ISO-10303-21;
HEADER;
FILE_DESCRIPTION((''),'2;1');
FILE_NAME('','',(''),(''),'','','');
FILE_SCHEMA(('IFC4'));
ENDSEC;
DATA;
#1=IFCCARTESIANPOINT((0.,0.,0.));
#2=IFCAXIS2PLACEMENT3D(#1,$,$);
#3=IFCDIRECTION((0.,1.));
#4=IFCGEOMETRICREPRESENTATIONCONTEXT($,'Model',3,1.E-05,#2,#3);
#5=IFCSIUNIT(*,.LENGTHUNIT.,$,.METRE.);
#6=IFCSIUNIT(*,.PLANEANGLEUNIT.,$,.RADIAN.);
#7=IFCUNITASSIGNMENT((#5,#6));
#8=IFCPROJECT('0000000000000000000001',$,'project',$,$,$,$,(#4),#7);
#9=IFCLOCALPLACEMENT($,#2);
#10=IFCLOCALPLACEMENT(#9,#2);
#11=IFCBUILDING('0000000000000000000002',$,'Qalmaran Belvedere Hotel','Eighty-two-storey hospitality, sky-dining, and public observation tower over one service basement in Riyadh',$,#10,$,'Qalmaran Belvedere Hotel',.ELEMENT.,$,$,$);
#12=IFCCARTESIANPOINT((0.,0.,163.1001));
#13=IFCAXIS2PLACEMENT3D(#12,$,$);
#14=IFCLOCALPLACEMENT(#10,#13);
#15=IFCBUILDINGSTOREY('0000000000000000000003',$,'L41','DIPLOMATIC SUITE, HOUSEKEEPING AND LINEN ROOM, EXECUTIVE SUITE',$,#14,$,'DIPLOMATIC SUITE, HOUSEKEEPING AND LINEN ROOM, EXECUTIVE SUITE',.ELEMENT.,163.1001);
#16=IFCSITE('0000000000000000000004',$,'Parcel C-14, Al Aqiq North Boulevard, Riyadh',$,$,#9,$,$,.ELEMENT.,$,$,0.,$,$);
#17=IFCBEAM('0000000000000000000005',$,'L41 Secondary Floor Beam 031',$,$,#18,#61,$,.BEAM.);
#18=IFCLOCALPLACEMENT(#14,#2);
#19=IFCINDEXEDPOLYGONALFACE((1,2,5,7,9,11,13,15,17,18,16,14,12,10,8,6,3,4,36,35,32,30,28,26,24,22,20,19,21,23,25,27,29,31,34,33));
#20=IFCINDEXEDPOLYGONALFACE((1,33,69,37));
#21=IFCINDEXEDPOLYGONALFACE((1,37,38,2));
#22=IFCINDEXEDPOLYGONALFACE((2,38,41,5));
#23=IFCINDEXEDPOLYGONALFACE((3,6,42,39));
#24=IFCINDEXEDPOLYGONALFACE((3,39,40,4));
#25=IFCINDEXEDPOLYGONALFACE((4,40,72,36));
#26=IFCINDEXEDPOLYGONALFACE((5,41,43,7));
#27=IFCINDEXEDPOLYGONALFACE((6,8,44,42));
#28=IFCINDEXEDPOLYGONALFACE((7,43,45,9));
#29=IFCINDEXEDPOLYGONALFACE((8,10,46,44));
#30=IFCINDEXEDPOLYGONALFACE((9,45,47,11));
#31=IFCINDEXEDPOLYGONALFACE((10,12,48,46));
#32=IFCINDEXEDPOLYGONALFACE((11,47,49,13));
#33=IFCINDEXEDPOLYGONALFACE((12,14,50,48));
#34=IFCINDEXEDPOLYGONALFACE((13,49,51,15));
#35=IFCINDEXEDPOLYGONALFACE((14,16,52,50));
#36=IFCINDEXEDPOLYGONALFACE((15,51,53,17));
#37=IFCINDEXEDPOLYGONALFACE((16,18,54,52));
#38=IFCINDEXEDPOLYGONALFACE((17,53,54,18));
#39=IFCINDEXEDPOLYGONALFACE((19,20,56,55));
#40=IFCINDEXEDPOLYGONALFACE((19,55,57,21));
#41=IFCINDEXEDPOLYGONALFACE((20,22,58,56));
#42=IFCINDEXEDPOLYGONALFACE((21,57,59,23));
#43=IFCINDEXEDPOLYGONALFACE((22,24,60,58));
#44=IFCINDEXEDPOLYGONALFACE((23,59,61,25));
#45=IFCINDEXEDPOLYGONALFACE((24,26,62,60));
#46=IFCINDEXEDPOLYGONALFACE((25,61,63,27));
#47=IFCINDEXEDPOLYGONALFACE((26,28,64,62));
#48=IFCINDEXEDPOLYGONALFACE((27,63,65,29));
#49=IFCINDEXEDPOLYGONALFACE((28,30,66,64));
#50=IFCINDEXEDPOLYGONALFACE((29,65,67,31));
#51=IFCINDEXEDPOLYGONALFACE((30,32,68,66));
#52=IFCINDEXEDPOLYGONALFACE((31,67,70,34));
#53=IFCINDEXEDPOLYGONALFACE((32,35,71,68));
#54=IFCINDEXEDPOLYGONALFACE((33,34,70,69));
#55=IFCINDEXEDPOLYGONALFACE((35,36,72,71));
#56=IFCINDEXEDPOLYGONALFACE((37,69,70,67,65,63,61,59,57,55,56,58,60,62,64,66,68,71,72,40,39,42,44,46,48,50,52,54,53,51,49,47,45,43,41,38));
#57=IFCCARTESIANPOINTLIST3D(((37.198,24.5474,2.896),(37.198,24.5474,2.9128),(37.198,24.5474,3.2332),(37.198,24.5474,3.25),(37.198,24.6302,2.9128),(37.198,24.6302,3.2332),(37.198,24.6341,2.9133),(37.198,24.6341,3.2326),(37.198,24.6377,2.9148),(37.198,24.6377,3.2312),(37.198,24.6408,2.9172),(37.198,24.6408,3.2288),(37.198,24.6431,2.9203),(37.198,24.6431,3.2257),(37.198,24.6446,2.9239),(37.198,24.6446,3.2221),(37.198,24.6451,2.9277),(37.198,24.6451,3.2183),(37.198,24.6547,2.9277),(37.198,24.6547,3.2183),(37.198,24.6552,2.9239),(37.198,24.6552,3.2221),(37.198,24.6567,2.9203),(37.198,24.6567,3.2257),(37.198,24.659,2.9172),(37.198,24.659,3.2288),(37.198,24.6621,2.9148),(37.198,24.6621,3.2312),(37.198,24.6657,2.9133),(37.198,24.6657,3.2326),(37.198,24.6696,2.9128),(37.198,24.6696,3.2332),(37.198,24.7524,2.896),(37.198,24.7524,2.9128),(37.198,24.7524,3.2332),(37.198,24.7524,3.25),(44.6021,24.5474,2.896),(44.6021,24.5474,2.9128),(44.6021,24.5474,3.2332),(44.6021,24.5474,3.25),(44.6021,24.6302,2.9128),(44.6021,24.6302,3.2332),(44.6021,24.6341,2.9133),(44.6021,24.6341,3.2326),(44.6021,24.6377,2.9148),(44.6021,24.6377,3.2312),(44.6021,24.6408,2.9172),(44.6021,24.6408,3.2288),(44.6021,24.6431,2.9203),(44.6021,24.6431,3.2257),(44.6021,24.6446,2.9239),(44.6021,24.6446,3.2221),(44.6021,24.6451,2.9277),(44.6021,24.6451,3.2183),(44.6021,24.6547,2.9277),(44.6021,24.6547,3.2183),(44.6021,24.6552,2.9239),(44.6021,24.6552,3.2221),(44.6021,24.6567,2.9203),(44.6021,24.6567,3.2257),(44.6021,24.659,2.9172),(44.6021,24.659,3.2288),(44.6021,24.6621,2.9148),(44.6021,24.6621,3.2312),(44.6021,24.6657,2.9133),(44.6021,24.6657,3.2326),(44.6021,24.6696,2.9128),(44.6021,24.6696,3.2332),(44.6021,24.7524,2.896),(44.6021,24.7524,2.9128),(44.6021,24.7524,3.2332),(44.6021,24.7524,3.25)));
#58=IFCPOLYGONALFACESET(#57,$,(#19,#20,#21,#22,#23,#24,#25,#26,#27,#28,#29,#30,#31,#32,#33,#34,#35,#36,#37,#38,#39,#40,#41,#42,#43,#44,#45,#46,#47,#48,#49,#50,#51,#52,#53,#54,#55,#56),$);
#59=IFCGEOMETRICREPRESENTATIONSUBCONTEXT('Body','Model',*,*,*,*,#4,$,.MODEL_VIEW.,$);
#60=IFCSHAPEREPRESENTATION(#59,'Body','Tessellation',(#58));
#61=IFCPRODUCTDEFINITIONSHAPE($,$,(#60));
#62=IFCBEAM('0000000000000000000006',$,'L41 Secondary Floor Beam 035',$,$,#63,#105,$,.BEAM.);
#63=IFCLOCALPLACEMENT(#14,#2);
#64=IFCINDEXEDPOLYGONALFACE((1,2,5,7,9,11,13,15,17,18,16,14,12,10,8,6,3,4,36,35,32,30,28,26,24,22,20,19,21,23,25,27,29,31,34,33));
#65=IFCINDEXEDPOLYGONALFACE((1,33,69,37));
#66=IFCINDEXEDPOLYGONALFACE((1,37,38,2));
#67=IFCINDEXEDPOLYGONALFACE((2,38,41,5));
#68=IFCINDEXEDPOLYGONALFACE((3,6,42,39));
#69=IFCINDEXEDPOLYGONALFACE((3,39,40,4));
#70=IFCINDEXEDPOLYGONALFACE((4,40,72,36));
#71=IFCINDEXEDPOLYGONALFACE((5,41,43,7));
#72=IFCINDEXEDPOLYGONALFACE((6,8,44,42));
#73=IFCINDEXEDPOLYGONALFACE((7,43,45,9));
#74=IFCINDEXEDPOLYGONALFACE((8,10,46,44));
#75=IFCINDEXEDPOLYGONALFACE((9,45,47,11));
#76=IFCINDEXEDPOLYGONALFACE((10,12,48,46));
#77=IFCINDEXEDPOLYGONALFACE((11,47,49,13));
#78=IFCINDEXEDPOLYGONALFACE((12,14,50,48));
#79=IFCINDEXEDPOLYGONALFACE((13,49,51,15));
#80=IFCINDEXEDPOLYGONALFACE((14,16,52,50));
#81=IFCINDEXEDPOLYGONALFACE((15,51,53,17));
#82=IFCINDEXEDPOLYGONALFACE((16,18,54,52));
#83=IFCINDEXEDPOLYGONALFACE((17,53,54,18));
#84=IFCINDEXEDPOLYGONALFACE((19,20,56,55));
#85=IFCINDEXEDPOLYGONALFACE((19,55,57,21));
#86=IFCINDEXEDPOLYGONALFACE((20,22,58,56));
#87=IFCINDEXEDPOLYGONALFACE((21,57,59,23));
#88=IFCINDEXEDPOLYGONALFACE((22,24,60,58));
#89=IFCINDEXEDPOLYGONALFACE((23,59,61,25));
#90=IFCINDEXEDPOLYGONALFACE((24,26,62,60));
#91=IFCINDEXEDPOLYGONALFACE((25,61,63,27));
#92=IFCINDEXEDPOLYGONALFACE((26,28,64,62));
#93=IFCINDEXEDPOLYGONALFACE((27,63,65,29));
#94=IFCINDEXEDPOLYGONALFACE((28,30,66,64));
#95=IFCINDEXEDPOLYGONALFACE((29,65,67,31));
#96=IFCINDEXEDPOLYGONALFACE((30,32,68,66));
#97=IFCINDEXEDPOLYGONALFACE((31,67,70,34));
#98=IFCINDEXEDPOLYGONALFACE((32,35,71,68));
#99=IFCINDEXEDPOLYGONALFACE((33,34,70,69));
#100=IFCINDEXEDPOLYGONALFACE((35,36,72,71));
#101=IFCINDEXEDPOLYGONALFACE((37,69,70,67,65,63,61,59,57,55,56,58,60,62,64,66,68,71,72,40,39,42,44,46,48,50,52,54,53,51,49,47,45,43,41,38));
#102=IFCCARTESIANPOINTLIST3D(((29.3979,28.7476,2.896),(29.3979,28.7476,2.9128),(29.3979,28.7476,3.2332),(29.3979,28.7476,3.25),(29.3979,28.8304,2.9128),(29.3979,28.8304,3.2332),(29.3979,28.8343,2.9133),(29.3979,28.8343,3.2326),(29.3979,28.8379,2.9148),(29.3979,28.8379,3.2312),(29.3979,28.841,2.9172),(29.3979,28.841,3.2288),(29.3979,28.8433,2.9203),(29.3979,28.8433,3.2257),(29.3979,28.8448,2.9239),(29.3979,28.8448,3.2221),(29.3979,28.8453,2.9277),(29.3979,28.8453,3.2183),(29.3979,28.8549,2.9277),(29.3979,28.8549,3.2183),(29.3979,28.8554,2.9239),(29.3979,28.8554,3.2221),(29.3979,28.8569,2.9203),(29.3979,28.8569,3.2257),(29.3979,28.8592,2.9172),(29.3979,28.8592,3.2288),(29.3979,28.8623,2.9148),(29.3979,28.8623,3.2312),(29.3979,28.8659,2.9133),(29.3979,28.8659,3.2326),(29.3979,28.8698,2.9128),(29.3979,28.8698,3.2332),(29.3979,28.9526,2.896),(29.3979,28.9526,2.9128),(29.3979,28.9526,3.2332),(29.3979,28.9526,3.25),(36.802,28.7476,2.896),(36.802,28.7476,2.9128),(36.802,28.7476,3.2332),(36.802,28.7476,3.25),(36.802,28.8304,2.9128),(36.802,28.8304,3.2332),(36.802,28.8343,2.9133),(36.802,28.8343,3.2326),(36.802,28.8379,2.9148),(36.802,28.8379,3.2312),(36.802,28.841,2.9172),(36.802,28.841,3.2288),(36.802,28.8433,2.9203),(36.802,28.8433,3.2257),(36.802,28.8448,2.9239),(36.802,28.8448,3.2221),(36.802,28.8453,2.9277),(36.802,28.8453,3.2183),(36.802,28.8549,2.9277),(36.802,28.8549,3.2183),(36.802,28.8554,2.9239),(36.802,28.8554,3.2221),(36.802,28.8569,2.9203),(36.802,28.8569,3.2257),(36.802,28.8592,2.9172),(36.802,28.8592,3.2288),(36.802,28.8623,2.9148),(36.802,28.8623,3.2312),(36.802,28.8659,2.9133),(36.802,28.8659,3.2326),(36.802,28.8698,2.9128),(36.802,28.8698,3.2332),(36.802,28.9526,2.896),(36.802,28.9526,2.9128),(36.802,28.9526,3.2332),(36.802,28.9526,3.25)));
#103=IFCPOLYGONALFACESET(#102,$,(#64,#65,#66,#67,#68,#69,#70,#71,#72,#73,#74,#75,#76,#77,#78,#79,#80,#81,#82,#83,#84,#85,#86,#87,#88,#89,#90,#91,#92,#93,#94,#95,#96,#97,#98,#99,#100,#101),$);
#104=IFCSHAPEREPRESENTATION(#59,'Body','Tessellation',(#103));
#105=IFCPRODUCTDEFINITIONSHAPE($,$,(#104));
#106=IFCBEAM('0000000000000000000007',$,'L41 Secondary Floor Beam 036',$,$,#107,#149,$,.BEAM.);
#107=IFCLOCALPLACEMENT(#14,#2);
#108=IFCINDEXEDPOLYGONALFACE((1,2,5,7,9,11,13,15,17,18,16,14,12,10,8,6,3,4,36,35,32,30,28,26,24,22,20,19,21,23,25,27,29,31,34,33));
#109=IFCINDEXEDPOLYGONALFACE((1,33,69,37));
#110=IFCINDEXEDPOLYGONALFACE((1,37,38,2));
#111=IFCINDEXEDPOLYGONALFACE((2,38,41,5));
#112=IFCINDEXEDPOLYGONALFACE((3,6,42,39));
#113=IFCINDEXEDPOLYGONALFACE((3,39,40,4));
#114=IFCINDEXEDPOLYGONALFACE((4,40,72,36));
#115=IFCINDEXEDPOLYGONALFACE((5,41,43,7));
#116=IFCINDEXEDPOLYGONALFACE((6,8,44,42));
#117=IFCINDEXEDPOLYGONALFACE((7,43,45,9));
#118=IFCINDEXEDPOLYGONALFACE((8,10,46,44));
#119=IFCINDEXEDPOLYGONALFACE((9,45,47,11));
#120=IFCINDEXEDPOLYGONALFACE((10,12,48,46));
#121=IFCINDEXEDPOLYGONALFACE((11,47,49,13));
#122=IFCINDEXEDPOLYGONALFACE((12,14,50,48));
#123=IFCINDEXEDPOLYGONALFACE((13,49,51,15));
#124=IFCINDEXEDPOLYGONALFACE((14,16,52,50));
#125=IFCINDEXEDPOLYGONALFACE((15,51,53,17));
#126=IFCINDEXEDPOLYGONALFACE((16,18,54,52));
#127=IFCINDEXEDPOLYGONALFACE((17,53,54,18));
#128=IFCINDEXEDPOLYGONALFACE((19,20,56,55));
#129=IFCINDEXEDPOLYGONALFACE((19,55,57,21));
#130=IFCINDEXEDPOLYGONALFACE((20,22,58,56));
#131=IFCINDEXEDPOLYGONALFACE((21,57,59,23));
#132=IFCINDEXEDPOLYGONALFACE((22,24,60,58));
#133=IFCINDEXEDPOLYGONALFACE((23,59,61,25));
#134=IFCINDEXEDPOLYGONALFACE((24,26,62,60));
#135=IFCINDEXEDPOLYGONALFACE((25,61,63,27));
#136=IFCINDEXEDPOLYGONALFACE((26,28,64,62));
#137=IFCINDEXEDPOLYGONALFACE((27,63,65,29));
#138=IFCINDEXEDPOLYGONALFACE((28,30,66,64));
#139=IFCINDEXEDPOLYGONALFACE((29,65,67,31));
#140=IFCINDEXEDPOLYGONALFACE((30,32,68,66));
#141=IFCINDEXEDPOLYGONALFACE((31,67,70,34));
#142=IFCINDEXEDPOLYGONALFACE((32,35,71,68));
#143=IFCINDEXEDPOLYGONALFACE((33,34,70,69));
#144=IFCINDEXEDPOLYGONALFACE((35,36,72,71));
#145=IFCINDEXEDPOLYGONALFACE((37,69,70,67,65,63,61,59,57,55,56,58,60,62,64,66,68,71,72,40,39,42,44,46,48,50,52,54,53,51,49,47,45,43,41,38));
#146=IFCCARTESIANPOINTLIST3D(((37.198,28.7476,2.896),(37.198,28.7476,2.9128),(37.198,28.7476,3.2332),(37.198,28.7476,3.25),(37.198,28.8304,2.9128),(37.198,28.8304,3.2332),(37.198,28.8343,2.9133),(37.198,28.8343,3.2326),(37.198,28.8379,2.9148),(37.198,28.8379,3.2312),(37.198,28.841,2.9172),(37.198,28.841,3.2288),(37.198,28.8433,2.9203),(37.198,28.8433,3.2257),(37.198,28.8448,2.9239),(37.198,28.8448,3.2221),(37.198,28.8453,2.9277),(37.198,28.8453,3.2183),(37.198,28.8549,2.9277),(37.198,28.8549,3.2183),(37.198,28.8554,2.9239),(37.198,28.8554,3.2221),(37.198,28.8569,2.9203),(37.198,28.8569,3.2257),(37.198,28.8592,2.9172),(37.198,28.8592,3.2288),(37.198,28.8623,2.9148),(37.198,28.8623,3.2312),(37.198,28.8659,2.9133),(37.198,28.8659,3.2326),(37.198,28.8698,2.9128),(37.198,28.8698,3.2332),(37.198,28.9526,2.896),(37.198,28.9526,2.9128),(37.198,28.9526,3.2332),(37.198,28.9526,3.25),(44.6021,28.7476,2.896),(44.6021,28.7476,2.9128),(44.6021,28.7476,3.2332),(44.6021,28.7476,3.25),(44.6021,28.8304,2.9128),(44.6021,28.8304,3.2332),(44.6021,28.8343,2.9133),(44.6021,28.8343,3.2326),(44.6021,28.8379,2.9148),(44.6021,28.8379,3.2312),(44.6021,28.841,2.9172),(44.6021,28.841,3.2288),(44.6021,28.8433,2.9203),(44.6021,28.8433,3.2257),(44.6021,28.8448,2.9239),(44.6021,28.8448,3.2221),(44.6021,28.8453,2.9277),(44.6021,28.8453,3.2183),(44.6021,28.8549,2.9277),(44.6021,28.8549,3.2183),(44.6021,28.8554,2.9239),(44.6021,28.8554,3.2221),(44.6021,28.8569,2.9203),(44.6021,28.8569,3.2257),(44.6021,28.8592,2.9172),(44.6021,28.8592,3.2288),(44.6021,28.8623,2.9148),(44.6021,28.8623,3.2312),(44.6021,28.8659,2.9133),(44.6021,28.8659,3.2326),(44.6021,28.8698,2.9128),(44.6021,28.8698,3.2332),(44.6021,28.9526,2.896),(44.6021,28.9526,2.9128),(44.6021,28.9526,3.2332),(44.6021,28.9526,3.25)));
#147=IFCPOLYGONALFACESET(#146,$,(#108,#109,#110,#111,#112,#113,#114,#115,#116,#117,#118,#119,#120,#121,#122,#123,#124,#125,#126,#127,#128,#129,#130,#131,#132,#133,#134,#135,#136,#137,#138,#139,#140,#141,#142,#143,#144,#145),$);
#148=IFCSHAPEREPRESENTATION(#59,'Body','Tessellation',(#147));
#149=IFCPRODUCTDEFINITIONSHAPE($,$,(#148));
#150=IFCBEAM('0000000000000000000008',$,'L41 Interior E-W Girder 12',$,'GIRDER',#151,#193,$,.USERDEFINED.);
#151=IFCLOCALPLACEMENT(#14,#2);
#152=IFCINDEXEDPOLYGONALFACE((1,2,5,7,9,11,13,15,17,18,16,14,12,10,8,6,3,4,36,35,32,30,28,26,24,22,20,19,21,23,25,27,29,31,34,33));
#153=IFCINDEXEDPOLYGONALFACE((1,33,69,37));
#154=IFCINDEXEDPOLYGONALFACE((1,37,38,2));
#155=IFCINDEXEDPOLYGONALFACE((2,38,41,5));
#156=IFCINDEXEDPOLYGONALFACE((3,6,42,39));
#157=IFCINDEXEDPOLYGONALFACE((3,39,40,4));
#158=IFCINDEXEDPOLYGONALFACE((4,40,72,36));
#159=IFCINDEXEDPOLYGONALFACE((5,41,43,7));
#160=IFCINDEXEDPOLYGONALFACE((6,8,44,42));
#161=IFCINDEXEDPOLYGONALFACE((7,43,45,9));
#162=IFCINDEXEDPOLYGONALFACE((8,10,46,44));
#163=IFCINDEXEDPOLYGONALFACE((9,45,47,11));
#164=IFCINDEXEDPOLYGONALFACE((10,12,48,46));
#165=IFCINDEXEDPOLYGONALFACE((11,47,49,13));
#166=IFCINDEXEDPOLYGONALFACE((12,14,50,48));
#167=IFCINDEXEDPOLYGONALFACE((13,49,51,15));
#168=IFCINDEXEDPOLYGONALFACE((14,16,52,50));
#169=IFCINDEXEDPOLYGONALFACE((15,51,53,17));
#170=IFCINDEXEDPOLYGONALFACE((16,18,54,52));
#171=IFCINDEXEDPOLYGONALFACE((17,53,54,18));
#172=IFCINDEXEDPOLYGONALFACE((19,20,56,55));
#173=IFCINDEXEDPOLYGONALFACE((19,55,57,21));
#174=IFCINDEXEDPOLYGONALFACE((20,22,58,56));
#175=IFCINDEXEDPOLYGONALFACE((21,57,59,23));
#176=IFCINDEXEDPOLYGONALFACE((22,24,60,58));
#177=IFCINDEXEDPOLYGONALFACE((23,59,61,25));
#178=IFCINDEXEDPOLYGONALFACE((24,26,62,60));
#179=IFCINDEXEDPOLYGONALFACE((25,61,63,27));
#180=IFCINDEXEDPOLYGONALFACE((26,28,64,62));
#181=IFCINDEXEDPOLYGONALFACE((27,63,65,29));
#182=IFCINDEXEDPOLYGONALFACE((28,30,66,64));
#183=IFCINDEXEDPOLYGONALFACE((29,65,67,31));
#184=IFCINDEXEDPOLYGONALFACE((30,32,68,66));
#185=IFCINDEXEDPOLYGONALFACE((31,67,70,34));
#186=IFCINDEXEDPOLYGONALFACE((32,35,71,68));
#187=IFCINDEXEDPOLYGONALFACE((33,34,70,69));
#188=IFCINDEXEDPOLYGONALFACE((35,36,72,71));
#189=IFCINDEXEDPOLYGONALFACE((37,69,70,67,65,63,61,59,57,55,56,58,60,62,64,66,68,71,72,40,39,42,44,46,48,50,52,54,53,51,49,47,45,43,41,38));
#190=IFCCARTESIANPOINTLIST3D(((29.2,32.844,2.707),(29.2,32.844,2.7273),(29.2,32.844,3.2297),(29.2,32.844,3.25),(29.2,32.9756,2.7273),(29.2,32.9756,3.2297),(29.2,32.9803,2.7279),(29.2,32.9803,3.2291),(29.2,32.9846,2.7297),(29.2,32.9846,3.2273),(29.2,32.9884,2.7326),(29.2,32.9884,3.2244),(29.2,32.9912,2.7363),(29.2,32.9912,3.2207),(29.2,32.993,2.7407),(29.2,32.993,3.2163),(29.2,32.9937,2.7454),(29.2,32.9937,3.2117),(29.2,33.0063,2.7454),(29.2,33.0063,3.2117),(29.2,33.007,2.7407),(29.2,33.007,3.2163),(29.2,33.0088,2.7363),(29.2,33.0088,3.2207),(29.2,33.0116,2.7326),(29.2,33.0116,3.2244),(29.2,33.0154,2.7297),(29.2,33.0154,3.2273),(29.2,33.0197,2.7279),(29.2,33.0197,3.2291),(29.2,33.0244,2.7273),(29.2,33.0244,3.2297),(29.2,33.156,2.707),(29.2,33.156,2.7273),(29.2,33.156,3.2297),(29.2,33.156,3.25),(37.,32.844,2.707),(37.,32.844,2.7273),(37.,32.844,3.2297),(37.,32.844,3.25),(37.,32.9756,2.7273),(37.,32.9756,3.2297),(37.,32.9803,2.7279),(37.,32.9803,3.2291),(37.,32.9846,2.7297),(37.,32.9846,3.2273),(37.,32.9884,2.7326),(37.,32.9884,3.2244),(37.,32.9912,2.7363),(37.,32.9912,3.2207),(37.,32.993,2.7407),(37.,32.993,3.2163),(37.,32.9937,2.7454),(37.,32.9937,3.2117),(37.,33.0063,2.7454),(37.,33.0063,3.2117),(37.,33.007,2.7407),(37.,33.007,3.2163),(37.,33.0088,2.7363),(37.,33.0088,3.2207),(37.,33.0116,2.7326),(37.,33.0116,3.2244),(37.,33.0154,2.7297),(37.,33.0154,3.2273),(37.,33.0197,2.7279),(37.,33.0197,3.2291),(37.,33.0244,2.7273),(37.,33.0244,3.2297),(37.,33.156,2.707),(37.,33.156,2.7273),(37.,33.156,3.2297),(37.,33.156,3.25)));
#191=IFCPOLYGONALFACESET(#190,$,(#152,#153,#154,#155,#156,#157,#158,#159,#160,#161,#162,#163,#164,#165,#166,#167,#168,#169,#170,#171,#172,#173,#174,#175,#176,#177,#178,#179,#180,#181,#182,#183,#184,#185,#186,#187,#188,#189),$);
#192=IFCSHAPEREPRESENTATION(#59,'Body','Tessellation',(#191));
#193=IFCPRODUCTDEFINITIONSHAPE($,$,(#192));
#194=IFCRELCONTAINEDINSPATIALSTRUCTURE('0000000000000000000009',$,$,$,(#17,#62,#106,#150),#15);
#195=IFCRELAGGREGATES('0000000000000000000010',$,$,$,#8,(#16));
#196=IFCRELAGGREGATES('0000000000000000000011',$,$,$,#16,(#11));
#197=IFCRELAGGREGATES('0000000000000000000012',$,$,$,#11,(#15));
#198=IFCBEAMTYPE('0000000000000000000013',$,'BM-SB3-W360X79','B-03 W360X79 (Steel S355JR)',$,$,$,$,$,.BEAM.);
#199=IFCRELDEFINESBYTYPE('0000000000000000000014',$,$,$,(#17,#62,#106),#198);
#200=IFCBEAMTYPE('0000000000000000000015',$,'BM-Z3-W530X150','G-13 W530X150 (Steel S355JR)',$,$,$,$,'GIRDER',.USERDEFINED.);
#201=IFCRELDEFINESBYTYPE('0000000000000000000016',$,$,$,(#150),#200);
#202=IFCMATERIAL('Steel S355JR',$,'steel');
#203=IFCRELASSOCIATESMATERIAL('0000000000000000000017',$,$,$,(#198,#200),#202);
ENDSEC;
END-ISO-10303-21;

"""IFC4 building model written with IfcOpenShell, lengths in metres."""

from ifc_helpers import new_model, si_unit, direction, frame, origin, origin_2d, place, context, subcontext, project, spatial, i_section, extrude, material, material_profile, profile_set, type_object, element, save


model = new_model("IFC4")

# Units and contexts
model_context = context("Model", 3, precision=1e-05, world=origin(), true_north=direction((0.0, 1.0)))
body_context = subcontext(model_context, "Body", "Model", "MODEL_VIEW")
ifc_project = project(units=[si_unit("LENGTHUNIT", "METRE"), si_unit("PLANEANGLEUNIT", "RADIAN")], contexts=[model_context])

# Site, building, storey
site_placement = place(None, origin())
site = spatial("IfcSite", under=ifc_project, at=site_placement, Name="Parcel C-14, Al Aqiq North Boulevard, Riyadh", CompositionType="ELEMENT", RefElevation=0.0)
building_placement = place(site_placement, origin())
building = spatial("IfcBuilding", under=site, at=building_placement, Name="Qalmaran Belvedere Hotel", Description="Eighty-two-storey hospitality, sky-dining, and public observation tower over one service basement in Riyadh", LongName="Qalmaran Belvedere Hotel", CompositionType="ELEMENT")
storey_placement = place(building_placement, frame((0.0, 0.0, 163.1001)))
storey = spatial("IfcBuildingStorey", under=building, at=storey_placement, Name="L41", Description="DIPLOMATIC SUITE, HOUSEKEEPING AND LINEN ROOM, EXECUTIVE SUITE", LongName="DIPLOMATIC SUITE, HOUSEKEEPING AND LINEN ROOM, EXECUTIVE SUITE", CompositionType="ELEMENT", Elevation=163.1001)

# Beams
ifc_material_1 = material(Name="Steel S355JR", Category="steel")
ifc_material_profile_1 = material_profile(ifc_material_1, i_section(OverallWidth=0.2051, OverallDepth=0.354, WebThickness=0.0095, FlangeThickness=0.0168, FilletRadius=0.0149, at=origin_2d()), Name="W360X79")
ifc_profile_set_1 = profile_set([ifc_material_profile_1], Name="Steel S355JR")
beam_type_1 = type_object("IfcBeamType", Name="BM-SB3-W360X79", Description="B-03 W360X79 (Steel S355JR)", PredefinedType="BEAM", material=ifc_profile_set_1)
for number, where, z_axis, x_axis, name in (
    (1, (37.198, 24.6499, 3.073), (1.0, 0.0, 0.0), (0.0, 1.0, 0.0), "L41 Secondary Floor Beam 031"),
    (2, (29.3979, 28.8501, 3.073), (1.0, 0.0, 0.0), (0.0, 1.0, 0.0), "L41 Secondary Floor Beam 035"),
    (3, (37.198, 28.8501, 3.073), (1.0, 0.0, 0.0), (0.0, 1.0, 0.0), "L41 Secondary Floor Beam 036"),
):
    element("IfcBeam", number, at=place(storey_placement, frame(where, z_axis=z_axis, x_axis=x_axis)), inside=storey, type_object=beam_type_1, Name=name, PredefinedType="BEAM", context=body_context, shape_type="SweptSolid", body=[
        extrude(i_section(OverallWidth=0.2051, OverallDepth=0.354, WebThickness=0.0095, FlangeThickness=0.0168, FilletRadius=0.0149, at=origin_2d()), origin(), (0.0, 0.0, 1.0), 7.4041),
    ])
ifc_material_profile_2 = material_profile(ifc_material_1, i_section(OverallWidth=0.312, OverallDepth=0.543, WebThickness=0.0127, FlangeThickness=0.0203, FilletRadius=0.0181, at=origin_2d()), Name="W530X150")
ifc_profile_set_2 = profile_set([ifc_material_profile_2], Name="Steel S355JR")
beam_type_2 = type_object("IfcBeamType", Name="BM-Z3-W530X150", Description="G-13 W530X150 (Steel S355JR)", ElementType="GIRDER", PredefinedType="USERDEFINED", material=ifc_profile_set_2)
for number, where, z_axis, x_axis, name in (
    (4, (29.2, 33.0, 2.9785), (1.0, 0.0, 0.0), (0.0, 1.0, 0.0), "L41 Interior E-W Girder 12"),
):
    element("IfcBeam", number, at=place(storey_placement, frame(where, z_axis=z_axis, x_axis=x_axis)), inside=storey, type_object=beam_type_2, Name=name, ObjectType="GIRDER", PredefinedType="USERDEFINED", context=body_context, shape_type="SweptSolid", body=[
        extrude(i_section(OverallWidth=0.312, OverallDepth=0.543, WebThickness=0.0127, FlangeThickness=0.0203, FilletRadius=0.0181, at=origin_2d()), origin(), (0.0, 0.0, 1.0), 7.8),
    ])

save(model, "model.ifc")
